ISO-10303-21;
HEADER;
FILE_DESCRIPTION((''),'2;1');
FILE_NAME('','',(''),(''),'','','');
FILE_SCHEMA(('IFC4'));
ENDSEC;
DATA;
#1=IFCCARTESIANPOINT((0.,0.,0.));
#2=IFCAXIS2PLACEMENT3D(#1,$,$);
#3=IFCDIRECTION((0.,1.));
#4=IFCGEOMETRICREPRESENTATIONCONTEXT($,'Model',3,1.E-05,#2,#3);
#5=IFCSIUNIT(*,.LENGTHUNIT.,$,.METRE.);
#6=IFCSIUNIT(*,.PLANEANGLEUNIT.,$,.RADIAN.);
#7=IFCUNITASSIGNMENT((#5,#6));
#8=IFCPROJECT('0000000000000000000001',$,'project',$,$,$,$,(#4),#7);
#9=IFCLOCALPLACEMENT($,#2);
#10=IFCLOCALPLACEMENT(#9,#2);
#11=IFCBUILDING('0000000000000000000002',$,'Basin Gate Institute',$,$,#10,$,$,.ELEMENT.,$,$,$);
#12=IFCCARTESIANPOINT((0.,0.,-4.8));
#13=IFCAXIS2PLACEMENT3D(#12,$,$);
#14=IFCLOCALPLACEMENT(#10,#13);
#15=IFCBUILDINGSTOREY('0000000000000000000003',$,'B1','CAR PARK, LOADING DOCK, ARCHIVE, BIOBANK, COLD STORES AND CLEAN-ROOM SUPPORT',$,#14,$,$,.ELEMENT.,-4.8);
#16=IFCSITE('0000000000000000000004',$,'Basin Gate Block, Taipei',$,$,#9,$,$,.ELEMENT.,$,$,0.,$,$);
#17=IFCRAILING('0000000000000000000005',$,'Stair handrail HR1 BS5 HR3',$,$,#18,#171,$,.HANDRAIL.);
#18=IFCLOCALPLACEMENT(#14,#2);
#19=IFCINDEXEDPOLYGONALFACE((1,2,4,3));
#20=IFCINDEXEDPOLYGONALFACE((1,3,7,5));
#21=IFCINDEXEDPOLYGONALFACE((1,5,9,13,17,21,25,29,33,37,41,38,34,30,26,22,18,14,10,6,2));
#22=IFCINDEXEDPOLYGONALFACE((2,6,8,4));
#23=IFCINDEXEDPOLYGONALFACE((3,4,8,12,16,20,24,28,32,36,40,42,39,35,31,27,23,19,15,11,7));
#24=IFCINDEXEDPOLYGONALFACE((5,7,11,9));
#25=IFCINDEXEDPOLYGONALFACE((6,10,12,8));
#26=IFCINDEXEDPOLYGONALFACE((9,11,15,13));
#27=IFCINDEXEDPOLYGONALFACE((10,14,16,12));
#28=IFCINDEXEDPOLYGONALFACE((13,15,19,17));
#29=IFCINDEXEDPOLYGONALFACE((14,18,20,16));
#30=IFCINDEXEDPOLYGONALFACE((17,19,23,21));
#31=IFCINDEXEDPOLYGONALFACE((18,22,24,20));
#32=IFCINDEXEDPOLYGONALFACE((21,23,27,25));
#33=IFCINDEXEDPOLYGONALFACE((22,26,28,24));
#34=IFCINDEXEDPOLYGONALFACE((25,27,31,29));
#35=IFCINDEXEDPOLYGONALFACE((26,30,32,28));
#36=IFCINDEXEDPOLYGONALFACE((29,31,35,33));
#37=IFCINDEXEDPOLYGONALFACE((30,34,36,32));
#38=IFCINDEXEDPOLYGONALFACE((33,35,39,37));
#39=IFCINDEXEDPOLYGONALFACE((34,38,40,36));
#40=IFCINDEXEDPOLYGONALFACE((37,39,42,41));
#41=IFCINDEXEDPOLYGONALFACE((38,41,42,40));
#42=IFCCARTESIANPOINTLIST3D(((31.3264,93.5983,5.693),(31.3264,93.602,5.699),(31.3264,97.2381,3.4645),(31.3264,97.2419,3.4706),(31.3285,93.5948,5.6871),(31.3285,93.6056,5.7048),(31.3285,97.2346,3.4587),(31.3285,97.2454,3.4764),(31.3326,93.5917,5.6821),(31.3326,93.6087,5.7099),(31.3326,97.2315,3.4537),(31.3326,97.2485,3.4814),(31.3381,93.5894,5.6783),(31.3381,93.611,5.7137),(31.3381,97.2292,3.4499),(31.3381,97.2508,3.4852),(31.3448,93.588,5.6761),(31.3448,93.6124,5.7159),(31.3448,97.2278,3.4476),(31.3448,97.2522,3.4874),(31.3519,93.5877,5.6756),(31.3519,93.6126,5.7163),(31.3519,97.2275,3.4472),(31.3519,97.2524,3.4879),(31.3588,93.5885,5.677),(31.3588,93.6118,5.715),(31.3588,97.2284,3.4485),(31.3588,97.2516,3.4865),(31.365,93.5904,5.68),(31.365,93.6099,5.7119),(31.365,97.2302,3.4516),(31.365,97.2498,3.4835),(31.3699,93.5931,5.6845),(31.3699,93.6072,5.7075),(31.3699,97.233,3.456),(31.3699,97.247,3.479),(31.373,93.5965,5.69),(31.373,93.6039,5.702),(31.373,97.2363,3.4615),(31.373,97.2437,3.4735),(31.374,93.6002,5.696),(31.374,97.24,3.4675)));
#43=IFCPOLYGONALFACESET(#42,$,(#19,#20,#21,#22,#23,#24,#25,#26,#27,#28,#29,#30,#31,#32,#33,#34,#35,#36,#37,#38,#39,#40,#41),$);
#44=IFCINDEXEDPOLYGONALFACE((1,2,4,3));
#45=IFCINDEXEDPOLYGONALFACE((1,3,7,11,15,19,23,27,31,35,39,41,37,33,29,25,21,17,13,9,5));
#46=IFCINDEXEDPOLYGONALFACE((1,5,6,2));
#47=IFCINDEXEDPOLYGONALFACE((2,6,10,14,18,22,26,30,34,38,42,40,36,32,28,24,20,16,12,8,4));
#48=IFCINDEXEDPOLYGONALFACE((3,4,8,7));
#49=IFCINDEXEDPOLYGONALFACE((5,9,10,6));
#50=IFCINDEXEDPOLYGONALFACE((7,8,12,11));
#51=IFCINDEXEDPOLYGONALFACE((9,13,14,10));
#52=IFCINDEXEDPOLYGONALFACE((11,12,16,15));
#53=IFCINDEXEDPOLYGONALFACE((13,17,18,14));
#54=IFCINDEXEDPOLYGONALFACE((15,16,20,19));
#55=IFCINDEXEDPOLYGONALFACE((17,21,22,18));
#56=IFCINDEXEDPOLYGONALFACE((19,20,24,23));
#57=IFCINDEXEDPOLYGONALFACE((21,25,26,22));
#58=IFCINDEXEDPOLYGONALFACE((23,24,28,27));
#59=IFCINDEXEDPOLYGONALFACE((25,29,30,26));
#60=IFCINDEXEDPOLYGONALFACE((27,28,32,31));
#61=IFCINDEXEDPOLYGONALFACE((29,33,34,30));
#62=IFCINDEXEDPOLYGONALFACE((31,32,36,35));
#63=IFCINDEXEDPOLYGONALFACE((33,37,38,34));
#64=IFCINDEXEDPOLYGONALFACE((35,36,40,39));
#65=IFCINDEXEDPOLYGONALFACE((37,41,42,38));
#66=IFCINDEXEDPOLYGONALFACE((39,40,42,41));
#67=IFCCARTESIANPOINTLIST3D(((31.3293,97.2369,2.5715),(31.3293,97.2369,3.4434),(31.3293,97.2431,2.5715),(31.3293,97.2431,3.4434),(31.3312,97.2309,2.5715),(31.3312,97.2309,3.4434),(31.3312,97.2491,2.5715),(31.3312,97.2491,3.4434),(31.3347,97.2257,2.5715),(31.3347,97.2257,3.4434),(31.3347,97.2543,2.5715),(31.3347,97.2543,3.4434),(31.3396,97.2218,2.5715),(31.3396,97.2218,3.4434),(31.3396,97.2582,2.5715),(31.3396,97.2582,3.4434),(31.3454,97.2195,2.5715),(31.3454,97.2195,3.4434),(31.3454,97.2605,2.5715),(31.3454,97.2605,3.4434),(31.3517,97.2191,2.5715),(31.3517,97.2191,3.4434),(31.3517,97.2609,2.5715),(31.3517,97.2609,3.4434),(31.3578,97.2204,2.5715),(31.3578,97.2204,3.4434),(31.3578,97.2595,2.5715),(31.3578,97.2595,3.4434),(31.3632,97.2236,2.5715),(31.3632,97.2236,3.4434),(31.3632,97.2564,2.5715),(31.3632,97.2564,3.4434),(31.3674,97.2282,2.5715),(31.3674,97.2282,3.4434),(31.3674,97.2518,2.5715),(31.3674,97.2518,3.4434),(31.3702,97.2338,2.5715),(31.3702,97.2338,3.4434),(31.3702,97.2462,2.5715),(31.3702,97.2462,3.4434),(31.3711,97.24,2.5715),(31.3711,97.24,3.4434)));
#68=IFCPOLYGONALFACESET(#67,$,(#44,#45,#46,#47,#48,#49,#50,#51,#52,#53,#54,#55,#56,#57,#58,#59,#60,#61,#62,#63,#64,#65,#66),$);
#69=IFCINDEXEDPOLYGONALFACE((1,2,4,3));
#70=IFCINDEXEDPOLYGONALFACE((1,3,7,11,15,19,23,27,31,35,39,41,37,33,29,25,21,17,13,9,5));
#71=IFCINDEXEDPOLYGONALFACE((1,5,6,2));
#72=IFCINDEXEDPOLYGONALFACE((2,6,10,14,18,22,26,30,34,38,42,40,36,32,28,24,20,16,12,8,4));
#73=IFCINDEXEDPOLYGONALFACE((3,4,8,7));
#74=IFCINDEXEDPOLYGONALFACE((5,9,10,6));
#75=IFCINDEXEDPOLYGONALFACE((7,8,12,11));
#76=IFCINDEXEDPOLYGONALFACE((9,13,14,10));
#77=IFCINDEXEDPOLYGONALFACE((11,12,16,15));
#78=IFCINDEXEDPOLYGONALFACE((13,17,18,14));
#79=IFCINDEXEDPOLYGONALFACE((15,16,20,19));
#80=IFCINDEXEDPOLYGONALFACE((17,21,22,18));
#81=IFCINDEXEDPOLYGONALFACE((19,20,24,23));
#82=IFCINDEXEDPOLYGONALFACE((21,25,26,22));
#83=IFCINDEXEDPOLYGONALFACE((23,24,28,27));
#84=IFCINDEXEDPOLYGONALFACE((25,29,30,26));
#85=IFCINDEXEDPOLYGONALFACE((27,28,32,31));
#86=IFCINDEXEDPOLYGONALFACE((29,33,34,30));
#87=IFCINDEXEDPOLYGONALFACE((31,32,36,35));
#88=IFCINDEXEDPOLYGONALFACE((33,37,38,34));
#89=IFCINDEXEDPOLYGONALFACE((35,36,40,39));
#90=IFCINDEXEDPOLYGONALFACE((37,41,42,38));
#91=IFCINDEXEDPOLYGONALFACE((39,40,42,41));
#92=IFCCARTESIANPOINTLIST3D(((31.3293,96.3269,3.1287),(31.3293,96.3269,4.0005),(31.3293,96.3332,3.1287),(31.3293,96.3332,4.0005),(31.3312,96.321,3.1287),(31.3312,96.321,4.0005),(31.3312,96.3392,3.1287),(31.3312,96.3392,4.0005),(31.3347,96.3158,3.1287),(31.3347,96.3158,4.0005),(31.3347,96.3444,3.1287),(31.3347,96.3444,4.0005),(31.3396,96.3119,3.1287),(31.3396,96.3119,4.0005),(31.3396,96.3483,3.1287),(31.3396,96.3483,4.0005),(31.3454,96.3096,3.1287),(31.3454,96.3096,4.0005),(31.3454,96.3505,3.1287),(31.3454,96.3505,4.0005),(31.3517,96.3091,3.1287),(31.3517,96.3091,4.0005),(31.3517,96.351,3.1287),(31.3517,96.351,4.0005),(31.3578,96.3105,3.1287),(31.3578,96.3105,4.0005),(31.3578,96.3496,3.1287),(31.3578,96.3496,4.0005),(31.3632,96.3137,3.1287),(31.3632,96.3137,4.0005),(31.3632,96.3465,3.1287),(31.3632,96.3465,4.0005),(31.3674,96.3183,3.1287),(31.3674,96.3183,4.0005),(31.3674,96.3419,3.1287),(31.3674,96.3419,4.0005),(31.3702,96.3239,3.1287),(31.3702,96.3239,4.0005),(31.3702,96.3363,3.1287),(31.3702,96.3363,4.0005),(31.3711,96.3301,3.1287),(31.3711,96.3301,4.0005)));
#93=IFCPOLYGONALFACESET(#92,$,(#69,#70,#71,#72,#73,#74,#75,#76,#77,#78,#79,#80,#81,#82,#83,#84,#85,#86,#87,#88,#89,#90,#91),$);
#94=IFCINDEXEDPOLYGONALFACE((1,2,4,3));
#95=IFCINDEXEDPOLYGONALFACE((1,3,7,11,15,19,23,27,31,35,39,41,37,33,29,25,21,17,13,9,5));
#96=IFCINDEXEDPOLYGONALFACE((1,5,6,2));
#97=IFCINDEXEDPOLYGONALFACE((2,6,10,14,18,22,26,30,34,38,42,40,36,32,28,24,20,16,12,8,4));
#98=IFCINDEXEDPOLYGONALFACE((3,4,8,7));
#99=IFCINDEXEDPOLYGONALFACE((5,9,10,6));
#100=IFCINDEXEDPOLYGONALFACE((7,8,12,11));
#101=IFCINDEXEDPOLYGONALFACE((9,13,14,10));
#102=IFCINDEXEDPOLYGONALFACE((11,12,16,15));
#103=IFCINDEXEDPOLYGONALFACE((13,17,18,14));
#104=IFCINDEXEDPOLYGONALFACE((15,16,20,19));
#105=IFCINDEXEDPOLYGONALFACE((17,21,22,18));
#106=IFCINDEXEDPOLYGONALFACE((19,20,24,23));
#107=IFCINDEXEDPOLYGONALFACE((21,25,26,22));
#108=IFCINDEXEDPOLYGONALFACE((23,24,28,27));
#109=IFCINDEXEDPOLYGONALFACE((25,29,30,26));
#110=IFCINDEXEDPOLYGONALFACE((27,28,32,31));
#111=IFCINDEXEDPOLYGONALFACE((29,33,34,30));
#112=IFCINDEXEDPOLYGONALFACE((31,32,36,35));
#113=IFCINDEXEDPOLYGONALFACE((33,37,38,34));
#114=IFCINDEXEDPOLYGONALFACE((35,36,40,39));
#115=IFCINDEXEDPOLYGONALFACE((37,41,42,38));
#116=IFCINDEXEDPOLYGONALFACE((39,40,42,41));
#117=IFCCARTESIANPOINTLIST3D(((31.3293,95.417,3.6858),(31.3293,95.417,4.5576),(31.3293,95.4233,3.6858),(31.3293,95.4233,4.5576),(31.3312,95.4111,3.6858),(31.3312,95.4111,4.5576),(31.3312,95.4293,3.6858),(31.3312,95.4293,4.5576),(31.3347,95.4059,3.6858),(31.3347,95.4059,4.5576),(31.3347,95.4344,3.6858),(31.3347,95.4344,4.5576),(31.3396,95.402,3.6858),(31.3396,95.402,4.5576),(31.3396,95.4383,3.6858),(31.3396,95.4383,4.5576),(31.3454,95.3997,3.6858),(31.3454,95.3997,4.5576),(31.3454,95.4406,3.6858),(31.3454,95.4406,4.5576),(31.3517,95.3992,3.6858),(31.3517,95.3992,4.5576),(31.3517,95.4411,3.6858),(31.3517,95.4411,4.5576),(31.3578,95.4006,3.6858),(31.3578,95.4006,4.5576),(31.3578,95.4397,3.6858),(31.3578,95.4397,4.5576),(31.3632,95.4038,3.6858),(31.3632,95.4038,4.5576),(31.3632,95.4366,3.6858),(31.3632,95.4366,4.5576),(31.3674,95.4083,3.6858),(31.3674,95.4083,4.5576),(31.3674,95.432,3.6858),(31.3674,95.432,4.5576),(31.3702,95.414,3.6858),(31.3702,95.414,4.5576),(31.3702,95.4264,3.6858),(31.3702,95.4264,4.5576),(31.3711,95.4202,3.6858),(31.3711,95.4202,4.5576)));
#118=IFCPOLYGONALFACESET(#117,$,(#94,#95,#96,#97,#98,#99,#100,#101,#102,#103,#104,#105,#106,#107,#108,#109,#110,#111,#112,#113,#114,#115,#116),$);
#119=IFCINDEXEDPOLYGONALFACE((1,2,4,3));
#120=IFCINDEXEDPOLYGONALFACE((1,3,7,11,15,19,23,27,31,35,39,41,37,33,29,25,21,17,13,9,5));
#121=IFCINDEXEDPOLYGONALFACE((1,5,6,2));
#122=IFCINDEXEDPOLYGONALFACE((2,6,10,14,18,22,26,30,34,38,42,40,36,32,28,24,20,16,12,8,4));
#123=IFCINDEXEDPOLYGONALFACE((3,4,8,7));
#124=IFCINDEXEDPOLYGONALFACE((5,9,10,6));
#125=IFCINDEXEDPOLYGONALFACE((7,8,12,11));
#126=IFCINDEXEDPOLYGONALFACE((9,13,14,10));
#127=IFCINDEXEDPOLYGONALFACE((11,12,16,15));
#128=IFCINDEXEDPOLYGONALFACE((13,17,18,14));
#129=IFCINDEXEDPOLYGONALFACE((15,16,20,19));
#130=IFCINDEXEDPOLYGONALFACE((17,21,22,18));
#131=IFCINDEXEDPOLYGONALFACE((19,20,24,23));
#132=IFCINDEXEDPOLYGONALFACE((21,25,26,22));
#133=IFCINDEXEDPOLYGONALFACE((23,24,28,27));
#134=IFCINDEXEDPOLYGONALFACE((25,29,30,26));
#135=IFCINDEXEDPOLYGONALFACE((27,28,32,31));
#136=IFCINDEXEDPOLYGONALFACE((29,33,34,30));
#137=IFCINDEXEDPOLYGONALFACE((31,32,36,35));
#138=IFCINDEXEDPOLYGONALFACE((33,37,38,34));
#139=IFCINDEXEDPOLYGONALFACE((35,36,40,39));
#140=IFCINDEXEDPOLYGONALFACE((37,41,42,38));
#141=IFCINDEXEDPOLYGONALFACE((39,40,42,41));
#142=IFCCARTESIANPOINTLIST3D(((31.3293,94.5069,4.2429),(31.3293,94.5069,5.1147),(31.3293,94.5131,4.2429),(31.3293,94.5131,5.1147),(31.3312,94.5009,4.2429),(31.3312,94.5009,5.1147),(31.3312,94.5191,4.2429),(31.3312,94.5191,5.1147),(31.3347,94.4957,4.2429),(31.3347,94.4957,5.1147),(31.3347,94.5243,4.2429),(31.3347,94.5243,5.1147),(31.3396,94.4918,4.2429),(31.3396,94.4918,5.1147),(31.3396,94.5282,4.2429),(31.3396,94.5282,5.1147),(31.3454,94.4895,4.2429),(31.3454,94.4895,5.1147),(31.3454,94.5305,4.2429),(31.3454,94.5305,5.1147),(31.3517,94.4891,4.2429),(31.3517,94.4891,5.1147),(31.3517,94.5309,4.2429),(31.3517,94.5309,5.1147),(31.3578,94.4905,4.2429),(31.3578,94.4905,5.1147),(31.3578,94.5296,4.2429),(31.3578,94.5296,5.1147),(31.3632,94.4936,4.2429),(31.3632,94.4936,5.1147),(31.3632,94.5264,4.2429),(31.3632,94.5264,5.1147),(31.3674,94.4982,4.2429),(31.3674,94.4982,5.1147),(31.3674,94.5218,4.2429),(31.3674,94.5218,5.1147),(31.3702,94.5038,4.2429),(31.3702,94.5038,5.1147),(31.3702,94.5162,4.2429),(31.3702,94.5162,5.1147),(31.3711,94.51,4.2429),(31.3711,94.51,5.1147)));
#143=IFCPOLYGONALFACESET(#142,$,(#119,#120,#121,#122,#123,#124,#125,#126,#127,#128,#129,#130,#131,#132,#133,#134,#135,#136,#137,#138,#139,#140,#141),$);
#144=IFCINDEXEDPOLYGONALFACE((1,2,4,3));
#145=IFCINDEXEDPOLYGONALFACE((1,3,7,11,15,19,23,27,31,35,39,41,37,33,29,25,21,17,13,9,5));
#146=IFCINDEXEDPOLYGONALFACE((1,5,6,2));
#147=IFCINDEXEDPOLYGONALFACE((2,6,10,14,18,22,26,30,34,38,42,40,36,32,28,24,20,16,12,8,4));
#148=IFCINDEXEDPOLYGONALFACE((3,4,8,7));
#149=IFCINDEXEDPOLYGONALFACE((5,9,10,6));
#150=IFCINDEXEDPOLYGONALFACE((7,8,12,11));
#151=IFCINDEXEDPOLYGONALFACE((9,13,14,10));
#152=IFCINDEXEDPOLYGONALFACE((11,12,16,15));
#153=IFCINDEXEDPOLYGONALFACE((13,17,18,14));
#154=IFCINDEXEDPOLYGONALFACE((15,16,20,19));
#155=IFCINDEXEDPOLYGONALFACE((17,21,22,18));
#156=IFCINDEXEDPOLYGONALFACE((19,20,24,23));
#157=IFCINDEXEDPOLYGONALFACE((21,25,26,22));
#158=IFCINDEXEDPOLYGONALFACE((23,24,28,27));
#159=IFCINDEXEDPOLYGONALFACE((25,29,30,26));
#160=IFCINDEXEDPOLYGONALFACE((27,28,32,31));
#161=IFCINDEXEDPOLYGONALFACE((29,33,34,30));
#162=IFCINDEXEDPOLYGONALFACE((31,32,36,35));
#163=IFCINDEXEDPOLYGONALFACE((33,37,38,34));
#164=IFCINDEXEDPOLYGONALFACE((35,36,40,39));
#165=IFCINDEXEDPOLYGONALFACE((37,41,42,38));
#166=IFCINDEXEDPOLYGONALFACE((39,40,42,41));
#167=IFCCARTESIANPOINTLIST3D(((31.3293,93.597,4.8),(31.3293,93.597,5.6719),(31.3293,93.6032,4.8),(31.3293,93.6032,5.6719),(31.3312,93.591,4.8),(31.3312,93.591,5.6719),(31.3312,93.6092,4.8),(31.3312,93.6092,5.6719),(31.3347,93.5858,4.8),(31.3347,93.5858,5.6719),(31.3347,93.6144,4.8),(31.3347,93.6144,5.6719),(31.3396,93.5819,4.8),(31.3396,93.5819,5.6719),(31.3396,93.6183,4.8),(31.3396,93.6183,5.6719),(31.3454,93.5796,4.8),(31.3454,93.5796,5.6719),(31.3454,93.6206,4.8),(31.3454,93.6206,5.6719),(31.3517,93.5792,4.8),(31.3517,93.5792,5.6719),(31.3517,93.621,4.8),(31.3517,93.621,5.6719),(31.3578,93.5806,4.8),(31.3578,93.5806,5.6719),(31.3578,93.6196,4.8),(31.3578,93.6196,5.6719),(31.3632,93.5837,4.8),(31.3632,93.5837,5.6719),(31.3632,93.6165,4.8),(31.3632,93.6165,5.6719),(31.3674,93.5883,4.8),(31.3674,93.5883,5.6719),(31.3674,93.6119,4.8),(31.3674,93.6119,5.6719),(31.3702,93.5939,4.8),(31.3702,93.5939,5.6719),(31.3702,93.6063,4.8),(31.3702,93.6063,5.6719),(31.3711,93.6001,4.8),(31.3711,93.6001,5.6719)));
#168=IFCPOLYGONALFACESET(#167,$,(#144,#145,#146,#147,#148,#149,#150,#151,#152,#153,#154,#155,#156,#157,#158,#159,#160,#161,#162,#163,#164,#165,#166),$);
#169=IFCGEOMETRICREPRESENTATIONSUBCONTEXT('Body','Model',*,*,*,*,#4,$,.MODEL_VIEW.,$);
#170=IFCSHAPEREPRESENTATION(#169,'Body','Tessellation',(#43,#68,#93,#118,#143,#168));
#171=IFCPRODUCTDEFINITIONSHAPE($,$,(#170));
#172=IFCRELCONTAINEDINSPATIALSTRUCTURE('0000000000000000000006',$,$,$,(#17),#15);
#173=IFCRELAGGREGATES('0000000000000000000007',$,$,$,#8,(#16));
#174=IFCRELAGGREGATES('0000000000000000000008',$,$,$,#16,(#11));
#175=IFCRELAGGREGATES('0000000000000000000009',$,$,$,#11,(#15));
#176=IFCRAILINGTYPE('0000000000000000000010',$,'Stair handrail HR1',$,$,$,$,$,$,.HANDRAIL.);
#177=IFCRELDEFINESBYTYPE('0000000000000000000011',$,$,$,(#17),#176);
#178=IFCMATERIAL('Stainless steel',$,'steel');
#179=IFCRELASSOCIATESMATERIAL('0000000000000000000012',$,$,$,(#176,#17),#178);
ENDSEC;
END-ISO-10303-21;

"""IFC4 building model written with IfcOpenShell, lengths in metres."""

from ifc_helpers import new_model, si_unit, direction, frame, origin, origin_2d, place, context, subcontext, project, spatial, circle, extrude, material, type_object, element, save


model = new_model("IFC4")

# Units and contexts
model_context = context("Model", 3, precision=1e-05, world=origin(), true_north=direction((0.0, 1.0)))
body_context = subcontext(model_context, "Body", "Model", "MODEL_VIEW")
ifc_project = project(units=[si_unit("LENGTHUNIT", "METRE"), si_unit("PLANEANGLEUNIT", "RADIAN")], contexts=[model_context])

# Site, building, storey
site_placement = place(None, origin())
site = spatial("IfcSite", under=ifc_project, at=site_placement, Name="Basin Gate Block, Taipei", CompositionType="ELEMENT", RefElevation=0.0)
building_placement = place(site_placement, origin())
building = spatial("IfcBuilding", under=site, at=building_placement, Name="Basin Gate Institute", CompositionType="ELEMENT")
storey_placement = place(building_placement, frame((0.0, 0.0, -4.8)))
storey = spatial("IfcBuildingStorey", under=building, at=storey_placement, Name="B1", Description="CAR PARK, LOADING DOCK, ARCHIVE, BIOBANK, COLD STORES AND CLEAN-ROOM SUPPORT", CompositionType="ELEMENT", Elevation=-4.8)

# Railing
ifc_material_1 = material(Name="Stainless steel", Category="steel")
railing_type_1 = type_object("IfcRailingType", Name="Stair handrail HR1", PredefinedType="HANDRAIL", material=ifc_material_1)
railing_1_placement = place(storey_placement, frame((31.3501, 97.24, 2.5715)))
element("IfcRailing", 1, at=railing_1_placement, inside=storey, type_object=railing_type_1, material=ifc_material_1, Name="Stair handrail HR1 BS5 HR3", PredefinedType="HANDRAIL", context=body_context, shape_type="SweptSolid", body=[
    extrude(circle(Radius=0.0239, at=origin_2d()), frame((0.0, 0.0, 0.896), z_axis=(0.0, -0.85285, 0.522156), x_axis=(1.0, 0.0, 0.0)), (0.0, 0.0, 1.0), 4.2678),
    extrude(circle(Radius=0.021, at=origin_2d()), origin(), (0.0, 0.0, 1.0), 0.8718),
    extrude(circle(Radius=0.021, at=origin_2d()), frame((0.0, -0.9099, 0.5571)), (0.0, 0.0, 1.0), 0.8718),
    extrude(circle(Radius=0.021, at=origin_2d()), frame((0.0, -1.8198, 1.1143)), (0.0, 0.0, 1.0), 0.8718),
    extrude(circle(Radius=0.021, at=origin_2d()), frame((0.0, -2.73, 1.6714)), (0.0, 0.0, 1.0), 0.8718),
    extrude(circle(Radius=0.021, at=origin_2d()), frame((0.0, -3.6399, 2.2285)), (0.0, 0.0, 1.0), 0.8718),
])

save(model, "model.ifc")
